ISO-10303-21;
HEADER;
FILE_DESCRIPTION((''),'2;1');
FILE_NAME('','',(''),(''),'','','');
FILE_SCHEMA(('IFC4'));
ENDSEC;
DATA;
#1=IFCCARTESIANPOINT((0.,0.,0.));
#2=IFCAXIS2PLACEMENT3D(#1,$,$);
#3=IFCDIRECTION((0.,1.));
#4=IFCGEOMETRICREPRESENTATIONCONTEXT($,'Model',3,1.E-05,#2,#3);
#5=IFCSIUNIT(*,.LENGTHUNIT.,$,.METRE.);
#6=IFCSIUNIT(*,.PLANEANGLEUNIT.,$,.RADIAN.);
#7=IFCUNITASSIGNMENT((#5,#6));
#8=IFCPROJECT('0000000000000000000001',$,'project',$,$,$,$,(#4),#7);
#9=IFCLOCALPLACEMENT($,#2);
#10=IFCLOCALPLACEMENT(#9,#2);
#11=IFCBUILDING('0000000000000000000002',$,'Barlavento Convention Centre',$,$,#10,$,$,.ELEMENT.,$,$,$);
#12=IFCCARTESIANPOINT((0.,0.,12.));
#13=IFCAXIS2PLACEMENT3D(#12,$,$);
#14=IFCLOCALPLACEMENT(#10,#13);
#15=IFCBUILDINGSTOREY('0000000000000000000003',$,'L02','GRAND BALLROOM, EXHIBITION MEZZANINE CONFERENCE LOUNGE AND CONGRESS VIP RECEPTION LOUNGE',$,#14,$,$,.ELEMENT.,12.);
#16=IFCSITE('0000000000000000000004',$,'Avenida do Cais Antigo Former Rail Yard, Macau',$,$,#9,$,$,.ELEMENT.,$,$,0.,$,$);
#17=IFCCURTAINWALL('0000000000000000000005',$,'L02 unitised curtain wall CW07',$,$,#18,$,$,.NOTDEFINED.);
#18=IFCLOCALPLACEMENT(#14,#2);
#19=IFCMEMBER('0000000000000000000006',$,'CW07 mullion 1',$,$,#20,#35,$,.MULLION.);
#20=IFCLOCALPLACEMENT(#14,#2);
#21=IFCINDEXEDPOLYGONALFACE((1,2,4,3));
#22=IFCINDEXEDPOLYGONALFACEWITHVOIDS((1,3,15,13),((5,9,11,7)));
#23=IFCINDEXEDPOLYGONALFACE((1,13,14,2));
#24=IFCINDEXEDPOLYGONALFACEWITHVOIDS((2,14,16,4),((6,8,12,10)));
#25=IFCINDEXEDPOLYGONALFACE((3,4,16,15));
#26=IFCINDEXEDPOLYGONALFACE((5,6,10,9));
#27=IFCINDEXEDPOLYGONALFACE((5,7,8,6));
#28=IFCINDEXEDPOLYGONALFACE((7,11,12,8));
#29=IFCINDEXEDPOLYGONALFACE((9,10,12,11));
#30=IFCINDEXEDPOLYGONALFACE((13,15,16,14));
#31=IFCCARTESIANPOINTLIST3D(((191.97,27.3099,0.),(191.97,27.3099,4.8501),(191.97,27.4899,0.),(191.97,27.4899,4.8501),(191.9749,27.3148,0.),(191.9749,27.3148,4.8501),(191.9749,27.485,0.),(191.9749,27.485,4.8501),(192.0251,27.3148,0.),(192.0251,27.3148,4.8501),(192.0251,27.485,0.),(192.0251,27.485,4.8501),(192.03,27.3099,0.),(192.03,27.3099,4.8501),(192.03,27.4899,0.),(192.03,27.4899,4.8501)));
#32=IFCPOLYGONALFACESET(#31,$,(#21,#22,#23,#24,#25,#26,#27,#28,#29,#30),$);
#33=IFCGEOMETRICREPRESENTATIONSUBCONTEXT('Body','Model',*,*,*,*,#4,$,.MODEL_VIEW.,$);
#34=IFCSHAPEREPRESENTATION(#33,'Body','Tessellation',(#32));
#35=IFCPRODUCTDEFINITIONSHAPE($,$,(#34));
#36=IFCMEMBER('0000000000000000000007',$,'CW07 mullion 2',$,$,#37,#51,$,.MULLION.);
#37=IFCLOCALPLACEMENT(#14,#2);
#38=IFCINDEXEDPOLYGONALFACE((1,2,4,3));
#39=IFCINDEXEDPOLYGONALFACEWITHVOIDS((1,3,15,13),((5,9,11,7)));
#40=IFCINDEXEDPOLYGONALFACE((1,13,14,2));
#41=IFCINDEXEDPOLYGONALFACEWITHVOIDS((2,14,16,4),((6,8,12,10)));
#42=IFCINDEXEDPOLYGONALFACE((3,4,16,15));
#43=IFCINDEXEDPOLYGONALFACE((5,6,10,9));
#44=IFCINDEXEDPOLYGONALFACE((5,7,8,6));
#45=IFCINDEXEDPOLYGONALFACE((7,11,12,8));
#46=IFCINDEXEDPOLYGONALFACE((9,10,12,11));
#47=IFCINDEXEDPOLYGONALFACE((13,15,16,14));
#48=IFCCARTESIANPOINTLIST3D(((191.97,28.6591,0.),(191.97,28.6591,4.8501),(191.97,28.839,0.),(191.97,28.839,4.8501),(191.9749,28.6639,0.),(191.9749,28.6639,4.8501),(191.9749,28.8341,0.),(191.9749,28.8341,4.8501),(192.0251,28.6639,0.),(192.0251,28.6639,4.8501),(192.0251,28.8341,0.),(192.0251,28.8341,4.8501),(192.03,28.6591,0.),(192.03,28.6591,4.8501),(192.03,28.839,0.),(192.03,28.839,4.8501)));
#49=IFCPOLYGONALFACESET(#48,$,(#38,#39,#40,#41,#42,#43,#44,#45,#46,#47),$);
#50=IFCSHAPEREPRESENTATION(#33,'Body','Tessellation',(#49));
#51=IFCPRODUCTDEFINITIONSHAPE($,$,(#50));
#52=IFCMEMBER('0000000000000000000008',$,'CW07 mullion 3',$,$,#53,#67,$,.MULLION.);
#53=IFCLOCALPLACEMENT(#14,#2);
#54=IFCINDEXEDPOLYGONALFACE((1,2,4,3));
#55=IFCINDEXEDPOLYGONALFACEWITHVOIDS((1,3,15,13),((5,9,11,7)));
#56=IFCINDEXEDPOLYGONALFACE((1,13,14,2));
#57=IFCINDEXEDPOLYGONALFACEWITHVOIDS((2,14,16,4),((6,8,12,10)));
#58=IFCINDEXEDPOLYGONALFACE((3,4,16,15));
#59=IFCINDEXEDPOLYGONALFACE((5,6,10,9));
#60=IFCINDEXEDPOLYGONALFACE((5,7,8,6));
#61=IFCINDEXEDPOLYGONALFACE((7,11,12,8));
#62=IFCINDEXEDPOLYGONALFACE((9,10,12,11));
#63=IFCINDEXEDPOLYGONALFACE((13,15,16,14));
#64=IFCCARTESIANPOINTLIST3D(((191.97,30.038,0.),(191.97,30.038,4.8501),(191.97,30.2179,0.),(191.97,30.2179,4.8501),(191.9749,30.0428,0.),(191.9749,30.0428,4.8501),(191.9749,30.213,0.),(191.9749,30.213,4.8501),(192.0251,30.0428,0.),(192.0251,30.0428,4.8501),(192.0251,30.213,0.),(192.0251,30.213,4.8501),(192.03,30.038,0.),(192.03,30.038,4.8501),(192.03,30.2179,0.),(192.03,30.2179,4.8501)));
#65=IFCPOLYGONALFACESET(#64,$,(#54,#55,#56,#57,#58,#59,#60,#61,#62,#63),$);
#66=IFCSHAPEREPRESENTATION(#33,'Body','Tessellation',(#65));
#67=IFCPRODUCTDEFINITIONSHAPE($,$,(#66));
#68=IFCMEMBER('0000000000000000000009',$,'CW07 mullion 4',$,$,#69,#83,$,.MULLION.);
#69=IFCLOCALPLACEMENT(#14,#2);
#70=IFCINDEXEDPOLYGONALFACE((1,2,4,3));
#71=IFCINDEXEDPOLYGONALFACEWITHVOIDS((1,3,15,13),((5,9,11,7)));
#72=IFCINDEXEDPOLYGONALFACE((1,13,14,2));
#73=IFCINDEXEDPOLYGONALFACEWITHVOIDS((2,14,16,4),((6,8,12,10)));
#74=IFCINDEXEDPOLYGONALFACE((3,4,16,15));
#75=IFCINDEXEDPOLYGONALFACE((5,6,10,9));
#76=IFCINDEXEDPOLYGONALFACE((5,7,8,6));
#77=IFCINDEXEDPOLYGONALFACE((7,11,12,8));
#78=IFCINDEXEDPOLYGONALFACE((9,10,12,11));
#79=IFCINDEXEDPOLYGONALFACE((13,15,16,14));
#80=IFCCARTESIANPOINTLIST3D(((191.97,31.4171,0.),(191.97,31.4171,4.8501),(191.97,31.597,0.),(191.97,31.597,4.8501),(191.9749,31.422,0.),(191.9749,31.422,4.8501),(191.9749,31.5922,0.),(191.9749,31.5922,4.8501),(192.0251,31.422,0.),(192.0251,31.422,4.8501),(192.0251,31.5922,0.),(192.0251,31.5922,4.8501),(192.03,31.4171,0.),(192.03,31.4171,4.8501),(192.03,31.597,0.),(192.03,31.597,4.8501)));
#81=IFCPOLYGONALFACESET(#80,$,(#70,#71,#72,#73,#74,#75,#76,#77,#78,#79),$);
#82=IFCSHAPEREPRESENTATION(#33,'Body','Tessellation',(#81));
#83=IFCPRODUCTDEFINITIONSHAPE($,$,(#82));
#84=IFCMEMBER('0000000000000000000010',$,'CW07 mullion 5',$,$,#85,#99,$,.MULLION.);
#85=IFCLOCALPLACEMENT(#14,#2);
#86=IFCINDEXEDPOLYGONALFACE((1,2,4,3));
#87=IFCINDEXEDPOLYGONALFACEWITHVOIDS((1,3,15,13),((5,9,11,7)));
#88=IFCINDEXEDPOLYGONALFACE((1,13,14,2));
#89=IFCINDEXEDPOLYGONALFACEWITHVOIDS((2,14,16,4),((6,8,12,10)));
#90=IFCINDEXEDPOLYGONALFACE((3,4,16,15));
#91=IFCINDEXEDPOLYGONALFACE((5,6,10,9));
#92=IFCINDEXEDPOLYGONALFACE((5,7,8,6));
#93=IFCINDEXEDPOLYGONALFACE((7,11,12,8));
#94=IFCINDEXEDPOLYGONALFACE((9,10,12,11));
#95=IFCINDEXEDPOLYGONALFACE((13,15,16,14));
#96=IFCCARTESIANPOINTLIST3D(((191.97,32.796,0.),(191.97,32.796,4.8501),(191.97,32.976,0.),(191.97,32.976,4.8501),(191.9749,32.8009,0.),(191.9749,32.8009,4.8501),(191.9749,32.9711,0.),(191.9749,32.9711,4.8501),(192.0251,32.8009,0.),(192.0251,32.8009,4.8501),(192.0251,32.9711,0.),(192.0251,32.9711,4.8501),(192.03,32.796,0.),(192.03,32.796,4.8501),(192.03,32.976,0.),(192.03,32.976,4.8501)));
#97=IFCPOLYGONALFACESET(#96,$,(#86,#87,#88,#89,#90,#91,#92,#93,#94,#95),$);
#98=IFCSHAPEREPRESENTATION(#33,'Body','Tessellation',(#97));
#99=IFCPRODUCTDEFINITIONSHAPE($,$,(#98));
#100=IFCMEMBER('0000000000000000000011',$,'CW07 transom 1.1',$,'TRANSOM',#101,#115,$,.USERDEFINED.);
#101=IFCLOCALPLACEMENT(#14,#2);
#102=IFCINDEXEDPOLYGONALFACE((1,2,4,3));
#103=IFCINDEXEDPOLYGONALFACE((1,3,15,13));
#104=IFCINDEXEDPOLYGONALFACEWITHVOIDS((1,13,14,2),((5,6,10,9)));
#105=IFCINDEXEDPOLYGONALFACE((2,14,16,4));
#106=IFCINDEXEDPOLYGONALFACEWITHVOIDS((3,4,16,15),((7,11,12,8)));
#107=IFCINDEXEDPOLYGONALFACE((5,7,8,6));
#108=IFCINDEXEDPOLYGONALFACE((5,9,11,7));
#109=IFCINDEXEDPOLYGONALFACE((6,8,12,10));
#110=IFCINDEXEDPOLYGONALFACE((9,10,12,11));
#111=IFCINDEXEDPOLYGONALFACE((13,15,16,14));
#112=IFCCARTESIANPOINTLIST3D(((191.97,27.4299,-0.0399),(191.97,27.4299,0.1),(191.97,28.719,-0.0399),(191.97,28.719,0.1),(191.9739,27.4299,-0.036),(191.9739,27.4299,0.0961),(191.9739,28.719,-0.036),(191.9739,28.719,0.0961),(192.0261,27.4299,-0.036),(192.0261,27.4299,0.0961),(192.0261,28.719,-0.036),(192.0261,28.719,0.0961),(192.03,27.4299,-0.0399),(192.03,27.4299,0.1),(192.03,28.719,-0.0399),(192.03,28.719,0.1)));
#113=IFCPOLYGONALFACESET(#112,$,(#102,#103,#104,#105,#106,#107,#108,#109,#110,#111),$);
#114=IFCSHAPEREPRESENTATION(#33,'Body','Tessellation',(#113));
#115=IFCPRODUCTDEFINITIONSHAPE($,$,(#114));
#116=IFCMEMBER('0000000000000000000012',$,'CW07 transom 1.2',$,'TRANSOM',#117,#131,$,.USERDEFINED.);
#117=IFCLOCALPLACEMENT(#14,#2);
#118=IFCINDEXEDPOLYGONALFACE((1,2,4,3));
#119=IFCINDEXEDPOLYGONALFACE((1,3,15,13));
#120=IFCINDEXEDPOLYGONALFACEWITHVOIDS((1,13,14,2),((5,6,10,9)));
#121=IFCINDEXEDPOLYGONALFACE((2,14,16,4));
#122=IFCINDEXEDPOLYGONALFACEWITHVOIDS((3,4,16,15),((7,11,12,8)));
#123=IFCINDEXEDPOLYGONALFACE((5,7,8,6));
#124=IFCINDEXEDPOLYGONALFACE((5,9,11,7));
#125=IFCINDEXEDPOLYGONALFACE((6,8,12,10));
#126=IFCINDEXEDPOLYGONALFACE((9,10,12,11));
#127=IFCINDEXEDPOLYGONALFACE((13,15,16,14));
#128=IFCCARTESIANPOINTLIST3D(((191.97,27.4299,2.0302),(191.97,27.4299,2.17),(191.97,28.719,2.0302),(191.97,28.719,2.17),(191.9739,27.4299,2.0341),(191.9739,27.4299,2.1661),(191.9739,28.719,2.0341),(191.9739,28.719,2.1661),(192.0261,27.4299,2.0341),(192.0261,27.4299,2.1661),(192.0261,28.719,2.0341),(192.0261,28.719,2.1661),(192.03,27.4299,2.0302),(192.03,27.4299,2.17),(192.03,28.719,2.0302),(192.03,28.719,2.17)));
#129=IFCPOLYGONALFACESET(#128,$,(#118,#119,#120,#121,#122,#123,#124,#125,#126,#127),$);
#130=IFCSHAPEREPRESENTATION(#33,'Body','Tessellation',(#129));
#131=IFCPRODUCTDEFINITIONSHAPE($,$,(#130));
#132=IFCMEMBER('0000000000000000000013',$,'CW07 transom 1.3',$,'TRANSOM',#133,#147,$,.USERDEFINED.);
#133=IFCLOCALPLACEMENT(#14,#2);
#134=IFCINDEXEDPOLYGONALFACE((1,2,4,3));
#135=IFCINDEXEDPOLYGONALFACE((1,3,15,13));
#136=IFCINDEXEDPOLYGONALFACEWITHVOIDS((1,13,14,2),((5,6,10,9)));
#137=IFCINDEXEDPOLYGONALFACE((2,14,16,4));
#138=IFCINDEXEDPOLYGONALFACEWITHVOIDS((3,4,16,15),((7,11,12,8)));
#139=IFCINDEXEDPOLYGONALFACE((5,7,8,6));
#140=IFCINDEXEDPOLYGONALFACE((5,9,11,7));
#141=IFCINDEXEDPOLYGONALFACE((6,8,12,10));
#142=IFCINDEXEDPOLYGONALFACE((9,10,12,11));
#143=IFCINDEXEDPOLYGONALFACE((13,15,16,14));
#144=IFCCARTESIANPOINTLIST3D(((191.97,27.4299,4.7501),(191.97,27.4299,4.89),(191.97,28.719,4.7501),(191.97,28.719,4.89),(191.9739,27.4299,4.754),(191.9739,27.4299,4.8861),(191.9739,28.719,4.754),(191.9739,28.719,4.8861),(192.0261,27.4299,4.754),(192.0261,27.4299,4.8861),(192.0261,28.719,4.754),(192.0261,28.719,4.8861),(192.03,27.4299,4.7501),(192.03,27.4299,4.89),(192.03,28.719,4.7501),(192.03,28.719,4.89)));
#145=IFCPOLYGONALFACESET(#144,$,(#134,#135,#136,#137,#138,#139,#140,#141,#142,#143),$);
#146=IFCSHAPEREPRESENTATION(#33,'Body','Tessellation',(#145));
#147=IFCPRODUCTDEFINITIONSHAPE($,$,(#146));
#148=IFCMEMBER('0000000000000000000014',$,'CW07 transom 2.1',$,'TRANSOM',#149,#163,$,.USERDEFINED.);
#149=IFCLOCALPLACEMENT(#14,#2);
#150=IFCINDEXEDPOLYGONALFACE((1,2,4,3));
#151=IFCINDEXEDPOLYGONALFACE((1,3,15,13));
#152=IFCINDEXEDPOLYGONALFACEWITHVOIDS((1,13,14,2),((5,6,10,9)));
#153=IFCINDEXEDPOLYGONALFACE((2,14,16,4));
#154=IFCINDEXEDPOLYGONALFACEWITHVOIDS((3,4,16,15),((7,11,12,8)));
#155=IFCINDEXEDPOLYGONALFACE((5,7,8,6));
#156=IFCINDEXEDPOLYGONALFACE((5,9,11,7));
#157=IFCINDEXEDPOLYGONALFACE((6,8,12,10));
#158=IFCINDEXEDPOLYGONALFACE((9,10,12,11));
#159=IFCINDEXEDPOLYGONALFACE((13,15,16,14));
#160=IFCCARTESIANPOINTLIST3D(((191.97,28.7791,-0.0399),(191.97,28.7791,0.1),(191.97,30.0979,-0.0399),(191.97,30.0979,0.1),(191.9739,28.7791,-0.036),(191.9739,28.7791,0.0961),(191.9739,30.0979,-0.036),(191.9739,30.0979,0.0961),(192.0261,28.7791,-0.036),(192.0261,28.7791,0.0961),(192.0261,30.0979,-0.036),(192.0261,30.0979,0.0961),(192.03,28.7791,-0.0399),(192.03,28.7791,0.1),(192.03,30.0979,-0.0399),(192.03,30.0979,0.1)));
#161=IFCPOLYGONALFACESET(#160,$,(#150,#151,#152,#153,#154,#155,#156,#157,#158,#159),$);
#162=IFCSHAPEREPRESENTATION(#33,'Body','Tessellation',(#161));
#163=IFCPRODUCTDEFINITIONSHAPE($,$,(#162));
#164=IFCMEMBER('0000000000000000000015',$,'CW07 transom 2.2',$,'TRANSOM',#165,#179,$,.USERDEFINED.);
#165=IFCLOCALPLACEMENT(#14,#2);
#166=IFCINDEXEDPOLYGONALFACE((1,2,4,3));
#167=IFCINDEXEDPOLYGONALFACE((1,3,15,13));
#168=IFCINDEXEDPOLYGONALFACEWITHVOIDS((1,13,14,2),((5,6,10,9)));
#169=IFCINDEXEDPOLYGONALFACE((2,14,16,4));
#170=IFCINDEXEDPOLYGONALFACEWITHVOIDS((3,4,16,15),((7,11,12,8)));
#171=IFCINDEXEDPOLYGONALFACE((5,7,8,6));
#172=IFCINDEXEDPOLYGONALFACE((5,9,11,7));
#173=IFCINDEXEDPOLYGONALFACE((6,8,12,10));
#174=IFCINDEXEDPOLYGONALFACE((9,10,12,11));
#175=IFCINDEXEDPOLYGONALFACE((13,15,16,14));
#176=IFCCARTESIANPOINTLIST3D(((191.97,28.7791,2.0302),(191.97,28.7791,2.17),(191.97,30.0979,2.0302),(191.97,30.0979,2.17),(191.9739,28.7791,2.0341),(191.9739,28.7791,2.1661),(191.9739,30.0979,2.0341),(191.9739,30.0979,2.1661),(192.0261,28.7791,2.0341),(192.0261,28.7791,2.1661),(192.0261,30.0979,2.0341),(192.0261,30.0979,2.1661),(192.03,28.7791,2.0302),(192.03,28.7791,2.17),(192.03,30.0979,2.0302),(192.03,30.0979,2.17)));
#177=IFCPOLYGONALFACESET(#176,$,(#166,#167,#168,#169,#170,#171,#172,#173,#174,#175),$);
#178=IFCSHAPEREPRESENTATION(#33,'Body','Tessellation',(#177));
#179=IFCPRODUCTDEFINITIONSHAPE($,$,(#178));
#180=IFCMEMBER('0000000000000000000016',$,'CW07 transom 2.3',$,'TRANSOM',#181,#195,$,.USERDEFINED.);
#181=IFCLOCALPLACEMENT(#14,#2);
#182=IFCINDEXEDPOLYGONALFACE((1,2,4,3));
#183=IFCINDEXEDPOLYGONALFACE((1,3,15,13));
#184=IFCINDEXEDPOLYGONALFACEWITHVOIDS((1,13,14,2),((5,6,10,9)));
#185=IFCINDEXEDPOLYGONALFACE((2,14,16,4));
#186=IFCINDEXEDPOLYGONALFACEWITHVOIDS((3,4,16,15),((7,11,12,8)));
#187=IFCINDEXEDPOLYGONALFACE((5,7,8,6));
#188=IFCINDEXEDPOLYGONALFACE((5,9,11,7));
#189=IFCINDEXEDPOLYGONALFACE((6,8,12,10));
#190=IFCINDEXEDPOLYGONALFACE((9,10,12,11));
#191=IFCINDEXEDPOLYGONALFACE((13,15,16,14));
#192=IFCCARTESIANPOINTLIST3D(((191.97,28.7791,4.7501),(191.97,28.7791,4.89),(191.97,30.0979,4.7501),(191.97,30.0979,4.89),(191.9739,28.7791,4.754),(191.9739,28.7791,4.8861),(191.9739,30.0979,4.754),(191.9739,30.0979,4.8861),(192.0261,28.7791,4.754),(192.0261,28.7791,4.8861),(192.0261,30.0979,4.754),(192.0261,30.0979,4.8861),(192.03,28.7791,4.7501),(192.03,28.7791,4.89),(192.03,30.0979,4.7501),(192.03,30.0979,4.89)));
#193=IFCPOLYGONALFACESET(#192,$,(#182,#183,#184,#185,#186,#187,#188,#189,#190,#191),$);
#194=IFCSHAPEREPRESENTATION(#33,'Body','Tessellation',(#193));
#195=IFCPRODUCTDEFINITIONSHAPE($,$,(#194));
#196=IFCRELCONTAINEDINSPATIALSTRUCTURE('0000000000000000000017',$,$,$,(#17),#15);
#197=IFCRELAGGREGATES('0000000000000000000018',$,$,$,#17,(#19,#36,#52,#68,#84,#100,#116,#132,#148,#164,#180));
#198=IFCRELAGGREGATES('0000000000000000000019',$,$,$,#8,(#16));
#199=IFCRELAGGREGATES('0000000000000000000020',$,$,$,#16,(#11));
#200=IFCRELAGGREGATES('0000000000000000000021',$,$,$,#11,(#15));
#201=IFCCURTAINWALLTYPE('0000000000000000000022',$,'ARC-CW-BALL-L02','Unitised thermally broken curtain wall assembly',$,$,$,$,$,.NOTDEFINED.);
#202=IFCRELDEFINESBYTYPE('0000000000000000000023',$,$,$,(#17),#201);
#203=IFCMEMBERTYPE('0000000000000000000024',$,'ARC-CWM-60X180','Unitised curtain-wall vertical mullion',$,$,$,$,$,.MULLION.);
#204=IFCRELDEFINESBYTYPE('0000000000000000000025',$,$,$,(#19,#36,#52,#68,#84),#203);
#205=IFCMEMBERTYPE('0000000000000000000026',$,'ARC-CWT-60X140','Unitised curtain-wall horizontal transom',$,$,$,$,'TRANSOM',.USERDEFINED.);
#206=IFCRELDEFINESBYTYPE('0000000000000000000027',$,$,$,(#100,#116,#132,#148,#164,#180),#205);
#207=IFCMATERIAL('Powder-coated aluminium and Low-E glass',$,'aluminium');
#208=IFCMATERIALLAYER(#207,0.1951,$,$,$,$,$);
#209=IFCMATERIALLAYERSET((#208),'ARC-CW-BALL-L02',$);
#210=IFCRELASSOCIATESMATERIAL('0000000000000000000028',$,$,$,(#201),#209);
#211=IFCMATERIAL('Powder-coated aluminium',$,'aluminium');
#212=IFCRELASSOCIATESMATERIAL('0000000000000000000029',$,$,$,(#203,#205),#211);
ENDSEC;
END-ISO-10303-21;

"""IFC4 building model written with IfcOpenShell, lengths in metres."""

from ifc_helpers import new_model, si_unit, direction, frame, origin, origin_2d, place, context, subcontext, project, spatial, hollow_rectangle, extrude, material, layer, layer_set, material_profile, profile_set, type_object, element, aggregate, save


model = new_model("IFC4")

# Units and contexts
model_context = context("Model", 3, precision=1e-05, world=origin(), true_north=direction((0.0, 1.0)))
body_context = subcontext(model_context, "Body", "Model", "MODEL_VIEW")
ifc_project = project(units=[si_unit("LENGTHUNIT", "METRE"), si_unit("PLANEANGLEUNIT", "RADIAN")], contexts=[model_context])

# Site, building, storey
site_placement = place(None, origin())
site = spatial("IfcSite", under=ifc_project, at=site_placement, Name="Avenida do Cais Antigo Former Rail Yard, Macau", CompositionType="ELEMENT", RefElevation=0.0)
building_placement = place(site_placement, origin())
building = spatial("IfcBuilding", under=site, at=building_placement, Name="Barlavento Convention Centre", CompositionType="ELEMENT")
storey_placement = place(building_placement, frame((0.0, 0.0, 12.0)))
storey = spatial("IfcBuildingStorey", under=building, at=storey_placement, Name="L02", Description="GRAND BALLROOM, EXHIBITION MEZZANINE CONFERENCE LOUNGE AND CONGRESS VIP RECEPTION LOUNGE", CompositionType="ELEMENT", Elevation=12.0)

# Curtain wall, members
ifc_material_1 = material(Name="Powder-coated aluminium and Low-E glass", Category="aluminium")
ifc_layer_1 = layer(ifc_material_1, 0.1951)
ifc_layer_set_1 = layer_set([ifc_layer_1], Name="ARC-CW-BALL-L02")
curtain_wall_type = type_object("IfcCurtainWallType", Name="ARC-CW-BALL-L02", Description="Unitised thermally broken curtain wall assembly", PredefinedType="NOTDEFINED", material=ifc_layer_set_1)
curtain_wall_placement = place(storey_placement, origin())
curtain_wall = element("IfcCurtainWall", 1, at=curtain_wall_placement, inside=storey, type_object=curtain_wall_type, Name="L02 unitised curtain wall CW07", PredefinedType="NOTDEFINED")
ifc_material_2 = material(Name="Powder-coated aluminium", Category="aluminium")
ifc_material_profile_1 = material_profile(ifc_material_2, hollow_rectangle(XDim=0.0601, YDim=0.1799, WallThickness=0.0049, at=origin_2d()), Name="AL-MULL 60x180x5")
ifc_profile_set_1 = profile_set([ifc_material_profile_1], Name="Powder-coated aluminium")
member_type_1 = type_object("IfcMemberType", Name="ARC-CWM-60X180", Description="Unitised curtain-wall vertical mullion", PredefinedType="MULLION", material=ifc_profile_set_1)
member_1_placement = place(storey_placement, frame((192.0, 27.3999, 0.0), z_axis=(0.0, 0.0, 1.0), x_axis=(-1.0, 0.0, 0.0)))
member_1 = element("IfcMember", 2, at=member_1_placement, type_object=member_type_1, Name="CW07 mullion 1", PredefinedType="MULLION", context=body_context, shape_type="SweptSolid", body=[
    extrude(hollow_rectangle(XDim=0.0601, YDim=0.1799, WallThickness=0.0049, at=origin_2d()), origin(), (0.0, 0.0, 1.0), 4.8501),
])
member_2_placement = place(storey_placement, frame((192.0, 28.749, 0.0), z_axis=(0.0, 0.0, 1.0), x_axis=(-1.0, 0.0, 0.0)))
member_2 = element("IfcMember", 3, at=member_2_placement, type_object=member_type_1, Name="CW07 mullion 2", PredefinedType="MULLION", context=body_context, shape_type="SweptSolid", body=[
    extrude(hollow_rectangle(XDim=0.0601, YDim=0.1799, WallThickness=0.0049, at=origin_2d()), origin(), (0.0, 0.0, 1.0), 4.8501),
])
member_3_placement = place(storey_placement, frame((192.0, 30.1279, 0.0), z_axis=(0.0, 0.0, 1.0), x_axis=(-1.0, 0.0, 0.0)))
member_3 = element("IfcMember", 4, at=member_3_placement, type_object=member_type_1, Name="CW07 mullion 3", PredefinedType="MULLION", context=body_context, shape_type="SweptSolid", body=[
    extrude(hollow_rectangle(XDim=0.0601, YDim=0.1799, WallThickness=0.0049, at=origin_2d()), origin(), (0.0, 0.0, 1.0), 4.8501),
])
member_4_placement = place(storey_placement, frame((192.0, 31.5071, 0.0), z_axis=(0.0, 0.0, 1.0), x_axis=(-1.0, 0.0, 0.0)))
member_4 = element("IfcMember", 5, at=member_4_placement, type_object=member_type_1, Name="CW07 mullion 4", PredefinedType="MULLION", context=body_context, shape_type="SweptSolid", body=[
    extrude(hollow_rectangle(XDim=0.0601, YDim=0.1799, WallThickness=0.0049, at=origin_2d()), origin(), (0.0, 0.0, 1.0), 4.8501),
])
member_5_placement = place(storey_placement, frame((192.0, 32.886, 0.0), z_axis=(0.0, 0.0, 1.0), x_axis=(-1.0, 0.0, 0.0)))
member_5 = element("IfcMember", 6, at=member_5_placement, type_object=member_type_1, Name="CW07 mullion 5", PredefinedType="MULLION", context=body_context, shape_type="SweptSolid", body=[
    extrude(hollow_rectangle(XDim=0.0601, YDim=0.1799, WallThickness=0.0049, at=origin_2d()), origin(), (0.0, 0.0, 1.0), 4.8501),
])
ifc_material_profile_2 = material_profile(ifc_material_2, hollow_rectangle(XDim=0.0601, YDim=0.1399, WallThickness=0.0039, at=origin_2d()), Name="AL-TRAN 60x140x4")
ifc_profile_set_2 = profile_set([ifc_material_profile_2], Name="Powder-coated aluminium")
member_type_2 = type_object("IfcMemberType", Name="ARC-CWT-60X140", Description="Unitised curtain-wall horizontal transom", ElementType="TRANSOM", PredefinedType="USERDEFINED", material=ifc_profile_set_2)
member_6_placement = place(storey_placement, frame((192.0, 27.4299, 0.03), z_axis=(0.0, 1.0, 0.0), x_axis=(-1.0, 0.0, 0.0)))
member_6 = element("IfcMember", 7, at=member_6_placement, type_object=member_type_2, Name="CW07 transom 1.1", ObjectType="TRANSOM", PredefinedType="USERDEFINED", context=body_context, shape_type="SweptSolid", body=[
    extrude(hollow_rectangle(XDim=0.0601, YDim=0.1399, WallThickness=0.0039, at=origin_2d()), origin(), (0.0, 0.0, 1.0), 1.2891),
])
member_7_placement = place(storey_placement, frame((192.0, 27.4299, 2.1001), z_axis=(0.0, 1.0, 0.0), x_axis=(-1.0, 0.0, 0.0)))
member_7 = element("IfcMember", 8, at=member_7_placement, type_object=member_type_2, Name="CW07 transom 1.2", ObjectType="TRANSOM", PredefinedType="USERDEFINED", context=body_context, shape_type="SweptSolid", body=[
    extrude(hollow_rectangle(XDim=0.0601, YDim=0.1399, WallThickness=0.0039, at=origin_2d()), origin(), (0.0, 0.0, 1.0), 1.2891),
])
member_8_placement = place(storey_placement, frame((192.0, 27.4299, 4.8201), z_axis=(0.0, 1.0, 0.0), x_axis=(-1.0, 0.0, 0.0)))
member_8 = element("IfcMember", 9, at=member_8_placement, type_object=member_type_2, Name="CW07 transom 1.3", ObjectType="TRANSOM", PredefinedType="USERDEFINED", context=body_context, shape_type="SweptSolid", body=[
    extrude(hollow_rectangle(XDim=0.0601, YDim=0.1399, WallThickness=0.0039, at=origin_2d()), origin(), (0.0, 0.0, 1.0), 1.2891),
])
member_9_placement = place(storey_placement, frame((192.0, 28.7791, 0.03), z_axis=(0.0, 1.0, 0.0), x_axis=(-1.0, 0.0, 0.0)))
member_9 = element("IfcMember", 10, at=member_9_placement, type_object=member_type_2, Name="CW07 transom 2.1", ObjectType="TRANSOM", PredefinedType="USERDEFINED", context=body_context, shape_type="SweptSolid", body=[
    extrude(hollow_rectangle(XDim=0.0601, YDim=0.1399, WallThickness=0.0039, at=origin_2d()), origin(), (0.0, 0.0, 1.0), 1.3188),
])
member_10_placement = place(storey_placement, frame((192.0, 28.7791, 2.1001), z_axis=(0.0, 1.0, 0.0), x_axis=(-1.0, 0.0, 0.0)))
member_10 = element("IfcMember", 11, at=member_10_placement, type_object=member_type_2, Name="CW07 transom 2.2", ObjectType="TRANSOM", PredefinedType="USERDEFINED", context=body_context, shape_type="SweptSolid", body=[
    extrude(hollow_rectangle(XDim=0.0601, YDim=0.1399, WallThickness=0.0039, at=origin_2d()), origin(), (0.0, 0.0, 1.0), 1.3188),
])
member_11_placement = place(storey_placement, frame((192.0, 28.7791, 4.8201), z_axis=(0.0, 1.0, 0.0), x_axis=(-1.0, 0.0, 0.0)))
member_11 = element("IfcMember", 12, at=member_11_placement, type_object=member_type_2, Name="CW07 transom 2.3", ObjectType="TRANSOM", PredefinedType="USERDEFINED", context=body_context, shape_type="SweptSolid", body=[
    extrude(hollow_rectangle(XDim=0.0601, YDim=0.1399, WallThickness=0.0039, at=origin_2d()), origin(), (0.0, 0.0, 1.0), 1.3188),
])

aggregate(curtain_wall, [member_1, member_2, member_3, member_4, member_5, member_6, member_7, member_8, member_9, member_10, member_11])

save(model, "model.ifc")
